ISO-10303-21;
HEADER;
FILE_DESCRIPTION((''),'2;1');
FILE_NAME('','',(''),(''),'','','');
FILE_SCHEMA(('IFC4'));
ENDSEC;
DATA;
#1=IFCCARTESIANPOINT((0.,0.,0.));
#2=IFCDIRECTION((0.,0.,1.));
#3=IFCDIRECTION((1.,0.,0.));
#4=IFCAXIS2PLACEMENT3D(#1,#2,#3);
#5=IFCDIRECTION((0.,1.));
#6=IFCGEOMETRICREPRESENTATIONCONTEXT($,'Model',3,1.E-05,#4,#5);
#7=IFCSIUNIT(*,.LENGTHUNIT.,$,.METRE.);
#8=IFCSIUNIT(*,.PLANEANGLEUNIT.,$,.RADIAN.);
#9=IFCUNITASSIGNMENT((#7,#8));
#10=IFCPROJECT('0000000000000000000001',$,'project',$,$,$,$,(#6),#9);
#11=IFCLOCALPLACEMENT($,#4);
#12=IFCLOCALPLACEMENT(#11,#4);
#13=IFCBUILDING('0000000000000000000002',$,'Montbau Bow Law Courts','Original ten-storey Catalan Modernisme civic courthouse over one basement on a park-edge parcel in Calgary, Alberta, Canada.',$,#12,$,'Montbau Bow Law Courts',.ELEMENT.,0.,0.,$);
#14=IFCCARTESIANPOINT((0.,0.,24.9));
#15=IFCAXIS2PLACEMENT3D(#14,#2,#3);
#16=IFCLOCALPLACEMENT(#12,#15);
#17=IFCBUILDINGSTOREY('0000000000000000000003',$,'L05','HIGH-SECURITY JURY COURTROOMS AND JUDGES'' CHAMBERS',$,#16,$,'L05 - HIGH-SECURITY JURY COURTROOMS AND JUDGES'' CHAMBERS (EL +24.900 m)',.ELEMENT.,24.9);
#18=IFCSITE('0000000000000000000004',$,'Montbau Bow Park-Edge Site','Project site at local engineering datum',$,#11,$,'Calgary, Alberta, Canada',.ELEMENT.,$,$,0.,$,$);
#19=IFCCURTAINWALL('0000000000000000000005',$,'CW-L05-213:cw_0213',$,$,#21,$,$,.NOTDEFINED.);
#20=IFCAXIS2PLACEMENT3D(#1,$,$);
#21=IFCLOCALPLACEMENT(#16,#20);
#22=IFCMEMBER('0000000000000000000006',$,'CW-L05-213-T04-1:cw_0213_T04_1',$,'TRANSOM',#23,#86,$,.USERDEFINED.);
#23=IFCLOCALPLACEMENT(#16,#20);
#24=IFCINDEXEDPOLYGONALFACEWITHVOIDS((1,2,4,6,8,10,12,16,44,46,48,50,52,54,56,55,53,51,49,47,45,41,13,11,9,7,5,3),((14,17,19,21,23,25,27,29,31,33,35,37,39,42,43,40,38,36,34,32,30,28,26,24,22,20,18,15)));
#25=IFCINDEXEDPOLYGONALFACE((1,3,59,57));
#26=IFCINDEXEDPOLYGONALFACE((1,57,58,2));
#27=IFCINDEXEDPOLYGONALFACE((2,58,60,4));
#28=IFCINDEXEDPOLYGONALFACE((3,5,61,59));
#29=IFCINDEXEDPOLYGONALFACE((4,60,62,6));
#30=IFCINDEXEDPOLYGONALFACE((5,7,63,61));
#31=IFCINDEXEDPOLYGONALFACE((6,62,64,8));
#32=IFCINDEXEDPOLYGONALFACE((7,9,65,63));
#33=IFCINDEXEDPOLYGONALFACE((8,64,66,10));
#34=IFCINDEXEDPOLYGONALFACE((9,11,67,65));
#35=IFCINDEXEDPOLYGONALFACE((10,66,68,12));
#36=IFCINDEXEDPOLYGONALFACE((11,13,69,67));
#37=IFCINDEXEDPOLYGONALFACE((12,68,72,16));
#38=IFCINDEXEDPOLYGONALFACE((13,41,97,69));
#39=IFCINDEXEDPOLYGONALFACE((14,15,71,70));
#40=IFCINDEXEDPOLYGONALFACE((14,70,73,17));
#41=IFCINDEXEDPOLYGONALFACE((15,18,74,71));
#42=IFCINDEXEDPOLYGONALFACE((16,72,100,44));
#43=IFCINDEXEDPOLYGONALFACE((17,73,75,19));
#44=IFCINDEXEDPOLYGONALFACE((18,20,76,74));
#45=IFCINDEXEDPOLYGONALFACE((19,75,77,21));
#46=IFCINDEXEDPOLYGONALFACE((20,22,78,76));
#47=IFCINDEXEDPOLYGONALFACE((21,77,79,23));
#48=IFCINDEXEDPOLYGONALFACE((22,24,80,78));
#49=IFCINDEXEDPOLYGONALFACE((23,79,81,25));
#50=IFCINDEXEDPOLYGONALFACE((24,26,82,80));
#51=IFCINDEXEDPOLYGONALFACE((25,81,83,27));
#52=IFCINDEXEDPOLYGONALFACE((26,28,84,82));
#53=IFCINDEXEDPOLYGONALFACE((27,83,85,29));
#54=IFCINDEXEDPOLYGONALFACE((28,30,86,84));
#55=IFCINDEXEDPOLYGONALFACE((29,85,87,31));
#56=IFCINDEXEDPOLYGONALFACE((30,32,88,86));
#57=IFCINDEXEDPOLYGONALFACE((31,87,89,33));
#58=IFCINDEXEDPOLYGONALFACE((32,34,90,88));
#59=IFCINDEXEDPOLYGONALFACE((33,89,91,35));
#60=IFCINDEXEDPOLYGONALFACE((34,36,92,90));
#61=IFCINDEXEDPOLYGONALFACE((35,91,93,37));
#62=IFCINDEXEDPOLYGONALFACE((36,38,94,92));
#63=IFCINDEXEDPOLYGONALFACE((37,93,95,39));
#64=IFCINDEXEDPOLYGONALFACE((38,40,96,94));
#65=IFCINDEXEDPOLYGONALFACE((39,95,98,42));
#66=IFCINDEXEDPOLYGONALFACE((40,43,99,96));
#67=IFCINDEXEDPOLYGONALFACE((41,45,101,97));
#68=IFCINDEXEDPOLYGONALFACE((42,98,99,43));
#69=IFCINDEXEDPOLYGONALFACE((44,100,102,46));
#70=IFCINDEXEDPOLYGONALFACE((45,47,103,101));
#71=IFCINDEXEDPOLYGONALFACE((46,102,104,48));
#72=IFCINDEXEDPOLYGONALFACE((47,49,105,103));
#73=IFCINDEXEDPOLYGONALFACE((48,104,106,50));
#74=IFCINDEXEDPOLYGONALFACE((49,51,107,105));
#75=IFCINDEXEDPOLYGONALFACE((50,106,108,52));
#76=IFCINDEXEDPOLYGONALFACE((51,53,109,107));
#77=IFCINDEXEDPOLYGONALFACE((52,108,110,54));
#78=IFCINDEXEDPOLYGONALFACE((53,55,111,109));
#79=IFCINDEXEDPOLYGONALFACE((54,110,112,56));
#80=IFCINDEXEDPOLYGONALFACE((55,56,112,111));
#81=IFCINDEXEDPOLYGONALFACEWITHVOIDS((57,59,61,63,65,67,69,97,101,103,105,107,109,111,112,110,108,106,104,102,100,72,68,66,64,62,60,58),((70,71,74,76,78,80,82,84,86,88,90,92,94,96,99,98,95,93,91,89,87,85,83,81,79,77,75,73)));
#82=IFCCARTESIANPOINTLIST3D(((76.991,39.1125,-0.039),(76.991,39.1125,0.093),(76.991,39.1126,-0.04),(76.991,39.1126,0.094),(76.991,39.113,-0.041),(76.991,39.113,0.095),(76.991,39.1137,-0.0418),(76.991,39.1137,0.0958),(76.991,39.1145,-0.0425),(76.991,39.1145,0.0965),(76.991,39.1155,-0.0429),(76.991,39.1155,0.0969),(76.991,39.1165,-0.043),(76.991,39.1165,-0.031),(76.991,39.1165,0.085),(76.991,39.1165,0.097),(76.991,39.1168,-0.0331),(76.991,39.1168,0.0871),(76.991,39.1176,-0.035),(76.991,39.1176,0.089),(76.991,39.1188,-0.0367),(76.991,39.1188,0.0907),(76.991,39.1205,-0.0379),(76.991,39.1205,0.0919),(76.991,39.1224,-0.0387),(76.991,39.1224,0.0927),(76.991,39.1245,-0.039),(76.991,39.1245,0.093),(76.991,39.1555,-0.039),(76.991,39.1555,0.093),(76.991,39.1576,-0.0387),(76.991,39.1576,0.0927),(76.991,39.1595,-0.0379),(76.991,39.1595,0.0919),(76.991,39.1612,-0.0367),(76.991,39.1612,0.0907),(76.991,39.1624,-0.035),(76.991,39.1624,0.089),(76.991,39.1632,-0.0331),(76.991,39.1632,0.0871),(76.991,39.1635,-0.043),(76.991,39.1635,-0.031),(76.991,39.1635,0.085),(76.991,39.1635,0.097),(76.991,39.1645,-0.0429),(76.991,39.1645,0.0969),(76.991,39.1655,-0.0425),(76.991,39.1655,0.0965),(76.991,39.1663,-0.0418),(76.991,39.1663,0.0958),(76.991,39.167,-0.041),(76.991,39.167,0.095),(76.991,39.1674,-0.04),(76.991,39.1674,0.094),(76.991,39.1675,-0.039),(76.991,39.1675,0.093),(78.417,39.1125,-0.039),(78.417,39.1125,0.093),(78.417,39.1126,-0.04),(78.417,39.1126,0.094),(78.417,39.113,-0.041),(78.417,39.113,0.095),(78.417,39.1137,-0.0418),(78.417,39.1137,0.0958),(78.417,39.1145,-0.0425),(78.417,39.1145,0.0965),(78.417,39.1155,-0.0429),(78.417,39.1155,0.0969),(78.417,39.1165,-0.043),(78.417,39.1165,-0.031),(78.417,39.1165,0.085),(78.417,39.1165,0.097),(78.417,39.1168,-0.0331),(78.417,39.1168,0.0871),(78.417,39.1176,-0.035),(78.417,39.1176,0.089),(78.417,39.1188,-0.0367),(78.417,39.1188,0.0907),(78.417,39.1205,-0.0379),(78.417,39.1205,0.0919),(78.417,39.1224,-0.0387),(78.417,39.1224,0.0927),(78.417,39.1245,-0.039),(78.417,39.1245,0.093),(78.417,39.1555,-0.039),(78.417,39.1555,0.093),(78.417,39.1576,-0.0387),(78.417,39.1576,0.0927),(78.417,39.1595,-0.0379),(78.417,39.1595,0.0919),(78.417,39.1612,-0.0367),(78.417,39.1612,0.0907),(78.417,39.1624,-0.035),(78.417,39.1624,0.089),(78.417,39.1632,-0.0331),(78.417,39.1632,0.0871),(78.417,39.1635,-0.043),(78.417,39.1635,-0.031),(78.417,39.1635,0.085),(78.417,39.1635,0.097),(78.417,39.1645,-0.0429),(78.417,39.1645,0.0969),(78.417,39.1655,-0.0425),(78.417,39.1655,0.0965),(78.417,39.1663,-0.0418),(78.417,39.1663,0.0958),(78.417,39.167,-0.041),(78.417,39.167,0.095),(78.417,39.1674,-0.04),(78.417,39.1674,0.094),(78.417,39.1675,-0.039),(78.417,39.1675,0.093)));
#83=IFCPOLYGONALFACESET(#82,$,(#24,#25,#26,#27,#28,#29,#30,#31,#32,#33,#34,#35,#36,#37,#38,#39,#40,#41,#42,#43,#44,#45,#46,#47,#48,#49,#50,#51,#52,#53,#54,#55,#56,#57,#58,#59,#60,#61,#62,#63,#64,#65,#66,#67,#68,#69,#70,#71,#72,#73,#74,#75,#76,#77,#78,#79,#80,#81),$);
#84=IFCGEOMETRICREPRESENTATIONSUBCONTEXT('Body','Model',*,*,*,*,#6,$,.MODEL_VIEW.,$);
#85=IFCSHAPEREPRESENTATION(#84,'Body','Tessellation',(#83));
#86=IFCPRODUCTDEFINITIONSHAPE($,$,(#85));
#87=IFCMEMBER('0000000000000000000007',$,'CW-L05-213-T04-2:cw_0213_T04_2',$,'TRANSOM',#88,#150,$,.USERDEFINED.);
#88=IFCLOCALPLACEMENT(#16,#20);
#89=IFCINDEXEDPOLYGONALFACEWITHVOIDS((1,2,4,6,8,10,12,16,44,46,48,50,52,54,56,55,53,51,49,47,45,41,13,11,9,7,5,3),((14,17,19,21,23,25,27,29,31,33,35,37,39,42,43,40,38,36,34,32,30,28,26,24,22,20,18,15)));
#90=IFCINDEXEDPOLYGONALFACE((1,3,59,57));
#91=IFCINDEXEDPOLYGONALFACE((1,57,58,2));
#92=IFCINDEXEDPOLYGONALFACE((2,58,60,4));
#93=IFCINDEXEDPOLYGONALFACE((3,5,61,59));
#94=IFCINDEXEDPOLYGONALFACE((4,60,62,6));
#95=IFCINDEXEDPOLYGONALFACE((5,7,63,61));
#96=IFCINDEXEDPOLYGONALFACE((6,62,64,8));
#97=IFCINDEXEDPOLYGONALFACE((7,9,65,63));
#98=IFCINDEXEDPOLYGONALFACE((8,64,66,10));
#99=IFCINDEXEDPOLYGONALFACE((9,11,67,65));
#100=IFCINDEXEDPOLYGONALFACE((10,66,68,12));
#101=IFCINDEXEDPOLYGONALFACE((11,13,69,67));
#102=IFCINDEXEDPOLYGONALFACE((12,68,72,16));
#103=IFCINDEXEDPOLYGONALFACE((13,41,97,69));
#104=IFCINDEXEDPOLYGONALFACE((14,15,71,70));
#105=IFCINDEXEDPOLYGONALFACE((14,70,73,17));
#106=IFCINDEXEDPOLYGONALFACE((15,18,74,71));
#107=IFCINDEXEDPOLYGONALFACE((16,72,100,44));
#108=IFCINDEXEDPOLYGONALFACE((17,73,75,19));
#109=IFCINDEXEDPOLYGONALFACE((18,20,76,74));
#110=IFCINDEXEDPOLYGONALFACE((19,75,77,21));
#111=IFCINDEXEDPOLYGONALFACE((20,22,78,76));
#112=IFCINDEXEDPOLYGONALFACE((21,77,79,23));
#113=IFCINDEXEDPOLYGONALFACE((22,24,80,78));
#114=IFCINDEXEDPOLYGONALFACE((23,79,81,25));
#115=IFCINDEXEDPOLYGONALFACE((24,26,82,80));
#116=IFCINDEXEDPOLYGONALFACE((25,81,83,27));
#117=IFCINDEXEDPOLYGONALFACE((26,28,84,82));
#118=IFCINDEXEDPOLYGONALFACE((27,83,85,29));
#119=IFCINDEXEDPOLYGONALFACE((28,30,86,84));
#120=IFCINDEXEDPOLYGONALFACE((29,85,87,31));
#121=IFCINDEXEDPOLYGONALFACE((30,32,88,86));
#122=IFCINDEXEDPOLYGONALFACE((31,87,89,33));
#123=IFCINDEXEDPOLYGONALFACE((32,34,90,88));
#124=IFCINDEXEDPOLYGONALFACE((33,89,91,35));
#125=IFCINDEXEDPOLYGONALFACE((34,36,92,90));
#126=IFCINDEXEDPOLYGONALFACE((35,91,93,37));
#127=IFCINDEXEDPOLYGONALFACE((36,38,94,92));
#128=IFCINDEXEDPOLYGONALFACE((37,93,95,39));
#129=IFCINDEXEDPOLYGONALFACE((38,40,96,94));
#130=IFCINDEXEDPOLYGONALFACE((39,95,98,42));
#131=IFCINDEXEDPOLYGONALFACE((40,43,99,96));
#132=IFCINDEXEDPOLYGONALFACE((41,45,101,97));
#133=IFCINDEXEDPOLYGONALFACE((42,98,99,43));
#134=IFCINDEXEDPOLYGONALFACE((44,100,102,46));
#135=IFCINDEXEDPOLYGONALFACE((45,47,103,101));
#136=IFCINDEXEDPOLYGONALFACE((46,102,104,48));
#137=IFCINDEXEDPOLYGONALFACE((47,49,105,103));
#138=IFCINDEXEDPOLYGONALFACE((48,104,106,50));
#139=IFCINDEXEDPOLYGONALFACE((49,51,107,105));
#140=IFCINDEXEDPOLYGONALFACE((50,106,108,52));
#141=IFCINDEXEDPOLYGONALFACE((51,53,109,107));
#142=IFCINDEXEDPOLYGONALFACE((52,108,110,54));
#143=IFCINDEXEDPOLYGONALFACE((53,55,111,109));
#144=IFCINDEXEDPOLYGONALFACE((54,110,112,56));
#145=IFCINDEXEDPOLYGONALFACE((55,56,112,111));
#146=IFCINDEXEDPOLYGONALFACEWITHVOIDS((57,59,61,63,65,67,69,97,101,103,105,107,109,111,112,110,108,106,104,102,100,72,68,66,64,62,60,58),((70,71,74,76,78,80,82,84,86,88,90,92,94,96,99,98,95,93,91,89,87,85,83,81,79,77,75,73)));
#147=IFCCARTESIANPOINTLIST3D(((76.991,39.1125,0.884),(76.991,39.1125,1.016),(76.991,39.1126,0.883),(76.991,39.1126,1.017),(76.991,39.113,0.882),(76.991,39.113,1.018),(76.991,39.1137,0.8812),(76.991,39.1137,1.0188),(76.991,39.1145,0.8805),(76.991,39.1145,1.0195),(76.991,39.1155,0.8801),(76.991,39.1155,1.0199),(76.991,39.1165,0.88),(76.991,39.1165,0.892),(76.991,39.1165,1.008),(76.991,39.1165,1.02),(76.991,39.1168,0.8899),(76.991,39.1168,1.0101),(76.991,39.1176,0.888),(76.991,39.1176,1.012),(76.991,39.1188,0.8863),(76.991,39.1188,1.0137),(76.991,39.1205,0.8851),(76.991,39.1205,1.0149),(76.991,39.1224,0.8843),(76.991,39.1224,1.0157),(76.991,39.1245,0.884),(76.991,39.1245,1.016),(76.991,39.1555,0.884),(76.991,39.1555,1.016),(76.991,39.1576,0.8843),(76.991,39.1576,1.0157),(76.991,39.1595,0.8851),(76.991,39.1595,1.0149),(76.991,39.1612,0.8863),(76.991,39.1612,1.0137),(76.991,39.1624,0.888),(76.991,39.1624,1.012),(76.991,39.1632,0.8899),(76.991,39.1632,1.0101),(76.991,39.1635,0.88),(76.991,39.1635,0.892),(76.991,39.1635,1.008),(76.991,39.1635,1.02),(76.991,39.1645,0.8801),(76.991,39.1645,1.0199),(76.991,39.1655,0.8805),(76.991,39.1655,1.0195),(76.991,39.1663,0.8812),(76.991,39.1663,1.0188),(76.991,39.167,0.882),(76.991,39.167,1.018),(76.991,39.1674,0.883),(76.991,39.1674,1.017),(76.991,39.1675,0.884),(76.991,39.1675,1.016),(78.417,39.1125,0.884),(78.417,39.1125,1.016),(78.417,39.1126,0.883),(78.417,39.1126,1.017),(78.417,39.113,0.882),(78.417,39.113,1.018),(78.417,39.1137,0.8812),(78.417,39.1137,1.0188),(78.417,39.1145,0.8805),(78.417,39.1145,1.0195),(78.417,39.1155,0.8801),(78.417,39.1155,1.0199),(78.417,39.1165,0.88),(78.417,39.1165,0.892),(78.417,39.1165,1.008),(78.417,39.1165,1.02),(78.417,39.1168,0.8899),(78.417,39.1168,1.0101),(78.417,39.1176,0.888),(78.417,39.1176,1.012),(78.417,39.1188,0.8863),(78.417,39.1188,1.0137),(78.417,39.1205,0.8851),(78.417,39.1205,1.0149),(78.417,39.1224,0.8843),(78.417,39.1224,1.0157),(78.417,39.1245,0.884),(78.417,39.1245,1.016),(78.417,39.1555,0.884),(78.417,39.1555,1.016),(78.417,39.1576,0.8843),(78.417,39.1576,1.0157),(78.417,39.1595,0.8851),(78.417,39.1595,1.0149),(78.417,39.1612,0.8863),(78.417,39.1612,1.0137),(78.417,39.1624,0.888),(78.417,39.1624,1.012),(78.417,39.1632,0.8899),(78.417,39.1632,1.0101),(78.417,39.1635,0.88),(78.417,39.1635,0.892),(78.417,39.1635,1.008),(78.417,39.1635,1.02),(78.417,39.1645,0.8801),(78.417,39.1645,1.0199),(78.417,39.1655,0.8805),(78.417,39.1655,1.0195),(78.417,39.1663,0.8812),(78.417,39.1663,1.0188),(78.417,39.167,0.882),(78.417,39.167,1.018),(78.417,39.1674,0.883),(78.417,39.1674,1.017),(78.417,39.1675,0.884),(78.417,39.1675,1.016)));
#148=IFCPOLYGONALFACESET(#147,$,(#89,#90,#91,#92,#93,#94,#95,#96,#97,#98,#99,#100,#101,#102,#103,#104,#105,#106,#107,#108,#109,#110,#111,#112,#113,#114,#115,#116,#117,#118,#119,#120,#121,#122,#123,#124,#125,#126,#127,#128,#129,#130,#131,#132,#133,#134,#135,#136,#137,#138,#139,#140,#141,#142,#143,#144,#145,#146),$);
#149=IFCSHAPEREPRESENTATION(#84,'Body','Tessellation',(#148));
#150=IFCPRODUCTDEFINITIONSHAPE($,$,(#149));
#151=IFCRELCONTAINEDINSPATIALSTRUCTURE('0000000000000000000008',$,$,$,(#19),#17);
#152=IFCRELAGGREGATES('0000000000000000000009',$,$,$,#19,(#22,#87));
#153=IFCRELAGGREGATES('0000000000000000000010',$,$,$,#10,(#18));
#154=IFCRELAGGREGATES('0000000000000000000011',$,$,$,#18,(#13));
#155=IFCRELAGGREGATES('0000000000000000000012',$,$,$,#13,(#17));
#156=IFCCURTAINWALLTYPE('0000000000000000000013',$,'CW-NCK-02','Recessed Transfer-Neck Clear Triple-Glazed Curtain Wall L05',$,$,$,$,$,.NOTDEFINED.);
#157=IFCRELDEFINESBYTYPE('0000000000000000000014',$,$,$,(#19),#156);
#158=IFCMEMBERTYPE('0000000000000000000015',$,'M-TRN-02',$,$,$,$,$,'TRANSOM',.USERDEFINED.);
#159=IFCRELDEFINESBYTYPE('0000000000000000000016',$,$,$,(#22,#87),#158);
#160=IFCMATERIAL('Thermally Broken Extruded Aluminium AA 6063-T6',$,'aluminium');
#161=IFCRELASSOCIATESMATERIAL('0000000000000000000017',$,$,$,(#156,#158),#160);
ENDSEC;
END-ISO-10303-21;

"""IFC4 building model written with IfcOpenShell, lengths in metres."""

from ifc_helpers import new_model, si_unit, direction, frame, origin_with_axes, origin_2d_with_axis, place, context, subcontext, project, spatial, hollow_rectangle, extrude, material, material_profile, profile_set, type_object, element, aggregate, save


model = new_model("IFC4")

# Units and contexts
model_context = context("Model", 3, precision=1e-05, world=origin_with_axes(), true_north=direction((0.0, 1.0)))
body_context = subcontext(model_context, "Body", "Model", "MODEL_VIEW")
ifc_project = project(units=[si_unit("LENGTHUNIT", "METRE"), si_unit("PLANEANGLEUNIT", "RADIAN")], contexts=[model_context])

# Site, building, storey
site_placement = place(None, origin_with_axes())
site = spatial("IfcSite", under=ifc_project, at=site_placement, Name="Montbau Bow Park-Edge Site", Description="Project site at local engineering datum", LongName="Calgary, Alberta, Canada", CompositionType="ELEMENT", RefElevation=0.0)
building_placement = place(site_placement, origin_with_axes())
building = spatial("IfcBuilding", under=site, at=building_placement, Name="Montbau Bow Law Courts", Description="Original ten-storey Catalan Modernisme civic courthouse over one basement on a park-edge parcel in Calgary, Alberta, Canada.", LongName="Montbau Bow Law Courts", CompositionType="ELEMENT", ElevationOfRefHeight=0.0, ElevationOfTerrain=0.0)
storey_placement = place(building_placement, frame((0.0, 0.0, 24.9), z_axis=(0.0, 0.0, 1.0), x_axis=(1.0, 0.0, 0.0)))
storey = spatial("IfcBuildingStorey", under=building, at=storey_placement, Name="L05", Description="HIGH-SECURITY JURY COURTROOMS AND JUDGES' CHAMBERS", LongName="L05 - HIGH-SECURITY JURY COURTROOMS AND JUDGES' CHAMBERS (EL +24.900 m)", CompositionType="ELEMENT", Elevation=24.9)

# Curtain wall
ifc_material_1 = material(Name="Thermally Broken Extruded Aluminium AA 6063-T6", Category="aluminium")
curtain_wall_type = type_object("IfcCurtainWallType", Name="CW-NCK-02", Description="Recessed Transfer-Neck Clear Triple-Glazed Curtain Wall L05", PredefinedType="NOTDEFINED", material=ifc_material_1)
curtain_wall_1_placement = place(None, frame((72.44, 39.14, 24.9), z_axis=(0.0, 0.0, 1.0), x_axis=(1.0, 0.0, 0.0)))
curtain_wall_1 = element("IfcCurtainWall", 1, at=curtain_wall_1_placement, inside=storey, type_object=curtain_wall_type, Name="CW-L05-213:cw_0213", PredefinedType="NOTDEFINED")

# Members
ifc_material_profile_1 = material_profile(ifc_material_1, hollow_rectangle(XDim=0.055, YDim=0.14, WallThickness=0.004, InnerFilletRadius=0.008, OuterFilletRadius=0.004, at=origin_2d_with_axis()), Name="CWT-140X55", Category="Main", Priority=0)
ifc_profile_set_1 = profile_set([ifc_material_profile_1], Name="Thermally Broken Extruded Aluminium AA 6063-T6")
member_type_1 = type_object("IfcMemberType", Name="M-TRN-02", ElementType="TRANSOM", PredefinedType="USERDEFINED", material=ifc_profile_set_1)
member_1_placement = place(None, frame((76.991, 39.14, 24.927), z_axis=(1.0, 0.0, 0.0), x_axis=(0.0, 1.0, 0.0)))
member_1 = element("IfcMember", 2, at=member_1_placement, type_object=member_type_1, Name="CW-L05-213-T04-1:cw_0213_T04_1", ObjectType="TRANSOM", PredefinedType="USERDEFINED", context=body_context, shape_type="SweptSolid", body=[
    extrude(hollow_rectangle(XDim=0.055, YDim=0.14, WallThickness=0.004, InnerFilletRadius=0.008, OuterFilletRadius=0.004, at=origin_2d_with_axis()), origin_with_axes(), (0.0, 0.0, 1.0), 1.426),
])
member_2_placement = place(None, frame((76.991, 39.14, 25.85), z_axis=(1.0, 0.0, 0.0), x_axis=(0.0, 1.0, 0.0)))
member_2 = element("IfcMember", 3, at=member_2_placement, type_object=member_type_1, Name="CW-L05-213-T04-2:cw_0213_T04_2", ObjectType="TRANSOM", PredefinedType="USERDEFINED", context=body_context, shape_type="SweptSolid", body=[
    extrude(hollow_rectangle(XDim=0.055, YDim=0.14, WallThickness=0.004, InnerFilletRadius=0.008, OuterFilletRadius=0.004, at=origin_2d_with_axis()), origin_with_axes(), (0.0, 0.0, 1.0), 1.426),
])

aggregate(curtain_wall_1, [member_1, member_2])

save(model, "model.ifc")
